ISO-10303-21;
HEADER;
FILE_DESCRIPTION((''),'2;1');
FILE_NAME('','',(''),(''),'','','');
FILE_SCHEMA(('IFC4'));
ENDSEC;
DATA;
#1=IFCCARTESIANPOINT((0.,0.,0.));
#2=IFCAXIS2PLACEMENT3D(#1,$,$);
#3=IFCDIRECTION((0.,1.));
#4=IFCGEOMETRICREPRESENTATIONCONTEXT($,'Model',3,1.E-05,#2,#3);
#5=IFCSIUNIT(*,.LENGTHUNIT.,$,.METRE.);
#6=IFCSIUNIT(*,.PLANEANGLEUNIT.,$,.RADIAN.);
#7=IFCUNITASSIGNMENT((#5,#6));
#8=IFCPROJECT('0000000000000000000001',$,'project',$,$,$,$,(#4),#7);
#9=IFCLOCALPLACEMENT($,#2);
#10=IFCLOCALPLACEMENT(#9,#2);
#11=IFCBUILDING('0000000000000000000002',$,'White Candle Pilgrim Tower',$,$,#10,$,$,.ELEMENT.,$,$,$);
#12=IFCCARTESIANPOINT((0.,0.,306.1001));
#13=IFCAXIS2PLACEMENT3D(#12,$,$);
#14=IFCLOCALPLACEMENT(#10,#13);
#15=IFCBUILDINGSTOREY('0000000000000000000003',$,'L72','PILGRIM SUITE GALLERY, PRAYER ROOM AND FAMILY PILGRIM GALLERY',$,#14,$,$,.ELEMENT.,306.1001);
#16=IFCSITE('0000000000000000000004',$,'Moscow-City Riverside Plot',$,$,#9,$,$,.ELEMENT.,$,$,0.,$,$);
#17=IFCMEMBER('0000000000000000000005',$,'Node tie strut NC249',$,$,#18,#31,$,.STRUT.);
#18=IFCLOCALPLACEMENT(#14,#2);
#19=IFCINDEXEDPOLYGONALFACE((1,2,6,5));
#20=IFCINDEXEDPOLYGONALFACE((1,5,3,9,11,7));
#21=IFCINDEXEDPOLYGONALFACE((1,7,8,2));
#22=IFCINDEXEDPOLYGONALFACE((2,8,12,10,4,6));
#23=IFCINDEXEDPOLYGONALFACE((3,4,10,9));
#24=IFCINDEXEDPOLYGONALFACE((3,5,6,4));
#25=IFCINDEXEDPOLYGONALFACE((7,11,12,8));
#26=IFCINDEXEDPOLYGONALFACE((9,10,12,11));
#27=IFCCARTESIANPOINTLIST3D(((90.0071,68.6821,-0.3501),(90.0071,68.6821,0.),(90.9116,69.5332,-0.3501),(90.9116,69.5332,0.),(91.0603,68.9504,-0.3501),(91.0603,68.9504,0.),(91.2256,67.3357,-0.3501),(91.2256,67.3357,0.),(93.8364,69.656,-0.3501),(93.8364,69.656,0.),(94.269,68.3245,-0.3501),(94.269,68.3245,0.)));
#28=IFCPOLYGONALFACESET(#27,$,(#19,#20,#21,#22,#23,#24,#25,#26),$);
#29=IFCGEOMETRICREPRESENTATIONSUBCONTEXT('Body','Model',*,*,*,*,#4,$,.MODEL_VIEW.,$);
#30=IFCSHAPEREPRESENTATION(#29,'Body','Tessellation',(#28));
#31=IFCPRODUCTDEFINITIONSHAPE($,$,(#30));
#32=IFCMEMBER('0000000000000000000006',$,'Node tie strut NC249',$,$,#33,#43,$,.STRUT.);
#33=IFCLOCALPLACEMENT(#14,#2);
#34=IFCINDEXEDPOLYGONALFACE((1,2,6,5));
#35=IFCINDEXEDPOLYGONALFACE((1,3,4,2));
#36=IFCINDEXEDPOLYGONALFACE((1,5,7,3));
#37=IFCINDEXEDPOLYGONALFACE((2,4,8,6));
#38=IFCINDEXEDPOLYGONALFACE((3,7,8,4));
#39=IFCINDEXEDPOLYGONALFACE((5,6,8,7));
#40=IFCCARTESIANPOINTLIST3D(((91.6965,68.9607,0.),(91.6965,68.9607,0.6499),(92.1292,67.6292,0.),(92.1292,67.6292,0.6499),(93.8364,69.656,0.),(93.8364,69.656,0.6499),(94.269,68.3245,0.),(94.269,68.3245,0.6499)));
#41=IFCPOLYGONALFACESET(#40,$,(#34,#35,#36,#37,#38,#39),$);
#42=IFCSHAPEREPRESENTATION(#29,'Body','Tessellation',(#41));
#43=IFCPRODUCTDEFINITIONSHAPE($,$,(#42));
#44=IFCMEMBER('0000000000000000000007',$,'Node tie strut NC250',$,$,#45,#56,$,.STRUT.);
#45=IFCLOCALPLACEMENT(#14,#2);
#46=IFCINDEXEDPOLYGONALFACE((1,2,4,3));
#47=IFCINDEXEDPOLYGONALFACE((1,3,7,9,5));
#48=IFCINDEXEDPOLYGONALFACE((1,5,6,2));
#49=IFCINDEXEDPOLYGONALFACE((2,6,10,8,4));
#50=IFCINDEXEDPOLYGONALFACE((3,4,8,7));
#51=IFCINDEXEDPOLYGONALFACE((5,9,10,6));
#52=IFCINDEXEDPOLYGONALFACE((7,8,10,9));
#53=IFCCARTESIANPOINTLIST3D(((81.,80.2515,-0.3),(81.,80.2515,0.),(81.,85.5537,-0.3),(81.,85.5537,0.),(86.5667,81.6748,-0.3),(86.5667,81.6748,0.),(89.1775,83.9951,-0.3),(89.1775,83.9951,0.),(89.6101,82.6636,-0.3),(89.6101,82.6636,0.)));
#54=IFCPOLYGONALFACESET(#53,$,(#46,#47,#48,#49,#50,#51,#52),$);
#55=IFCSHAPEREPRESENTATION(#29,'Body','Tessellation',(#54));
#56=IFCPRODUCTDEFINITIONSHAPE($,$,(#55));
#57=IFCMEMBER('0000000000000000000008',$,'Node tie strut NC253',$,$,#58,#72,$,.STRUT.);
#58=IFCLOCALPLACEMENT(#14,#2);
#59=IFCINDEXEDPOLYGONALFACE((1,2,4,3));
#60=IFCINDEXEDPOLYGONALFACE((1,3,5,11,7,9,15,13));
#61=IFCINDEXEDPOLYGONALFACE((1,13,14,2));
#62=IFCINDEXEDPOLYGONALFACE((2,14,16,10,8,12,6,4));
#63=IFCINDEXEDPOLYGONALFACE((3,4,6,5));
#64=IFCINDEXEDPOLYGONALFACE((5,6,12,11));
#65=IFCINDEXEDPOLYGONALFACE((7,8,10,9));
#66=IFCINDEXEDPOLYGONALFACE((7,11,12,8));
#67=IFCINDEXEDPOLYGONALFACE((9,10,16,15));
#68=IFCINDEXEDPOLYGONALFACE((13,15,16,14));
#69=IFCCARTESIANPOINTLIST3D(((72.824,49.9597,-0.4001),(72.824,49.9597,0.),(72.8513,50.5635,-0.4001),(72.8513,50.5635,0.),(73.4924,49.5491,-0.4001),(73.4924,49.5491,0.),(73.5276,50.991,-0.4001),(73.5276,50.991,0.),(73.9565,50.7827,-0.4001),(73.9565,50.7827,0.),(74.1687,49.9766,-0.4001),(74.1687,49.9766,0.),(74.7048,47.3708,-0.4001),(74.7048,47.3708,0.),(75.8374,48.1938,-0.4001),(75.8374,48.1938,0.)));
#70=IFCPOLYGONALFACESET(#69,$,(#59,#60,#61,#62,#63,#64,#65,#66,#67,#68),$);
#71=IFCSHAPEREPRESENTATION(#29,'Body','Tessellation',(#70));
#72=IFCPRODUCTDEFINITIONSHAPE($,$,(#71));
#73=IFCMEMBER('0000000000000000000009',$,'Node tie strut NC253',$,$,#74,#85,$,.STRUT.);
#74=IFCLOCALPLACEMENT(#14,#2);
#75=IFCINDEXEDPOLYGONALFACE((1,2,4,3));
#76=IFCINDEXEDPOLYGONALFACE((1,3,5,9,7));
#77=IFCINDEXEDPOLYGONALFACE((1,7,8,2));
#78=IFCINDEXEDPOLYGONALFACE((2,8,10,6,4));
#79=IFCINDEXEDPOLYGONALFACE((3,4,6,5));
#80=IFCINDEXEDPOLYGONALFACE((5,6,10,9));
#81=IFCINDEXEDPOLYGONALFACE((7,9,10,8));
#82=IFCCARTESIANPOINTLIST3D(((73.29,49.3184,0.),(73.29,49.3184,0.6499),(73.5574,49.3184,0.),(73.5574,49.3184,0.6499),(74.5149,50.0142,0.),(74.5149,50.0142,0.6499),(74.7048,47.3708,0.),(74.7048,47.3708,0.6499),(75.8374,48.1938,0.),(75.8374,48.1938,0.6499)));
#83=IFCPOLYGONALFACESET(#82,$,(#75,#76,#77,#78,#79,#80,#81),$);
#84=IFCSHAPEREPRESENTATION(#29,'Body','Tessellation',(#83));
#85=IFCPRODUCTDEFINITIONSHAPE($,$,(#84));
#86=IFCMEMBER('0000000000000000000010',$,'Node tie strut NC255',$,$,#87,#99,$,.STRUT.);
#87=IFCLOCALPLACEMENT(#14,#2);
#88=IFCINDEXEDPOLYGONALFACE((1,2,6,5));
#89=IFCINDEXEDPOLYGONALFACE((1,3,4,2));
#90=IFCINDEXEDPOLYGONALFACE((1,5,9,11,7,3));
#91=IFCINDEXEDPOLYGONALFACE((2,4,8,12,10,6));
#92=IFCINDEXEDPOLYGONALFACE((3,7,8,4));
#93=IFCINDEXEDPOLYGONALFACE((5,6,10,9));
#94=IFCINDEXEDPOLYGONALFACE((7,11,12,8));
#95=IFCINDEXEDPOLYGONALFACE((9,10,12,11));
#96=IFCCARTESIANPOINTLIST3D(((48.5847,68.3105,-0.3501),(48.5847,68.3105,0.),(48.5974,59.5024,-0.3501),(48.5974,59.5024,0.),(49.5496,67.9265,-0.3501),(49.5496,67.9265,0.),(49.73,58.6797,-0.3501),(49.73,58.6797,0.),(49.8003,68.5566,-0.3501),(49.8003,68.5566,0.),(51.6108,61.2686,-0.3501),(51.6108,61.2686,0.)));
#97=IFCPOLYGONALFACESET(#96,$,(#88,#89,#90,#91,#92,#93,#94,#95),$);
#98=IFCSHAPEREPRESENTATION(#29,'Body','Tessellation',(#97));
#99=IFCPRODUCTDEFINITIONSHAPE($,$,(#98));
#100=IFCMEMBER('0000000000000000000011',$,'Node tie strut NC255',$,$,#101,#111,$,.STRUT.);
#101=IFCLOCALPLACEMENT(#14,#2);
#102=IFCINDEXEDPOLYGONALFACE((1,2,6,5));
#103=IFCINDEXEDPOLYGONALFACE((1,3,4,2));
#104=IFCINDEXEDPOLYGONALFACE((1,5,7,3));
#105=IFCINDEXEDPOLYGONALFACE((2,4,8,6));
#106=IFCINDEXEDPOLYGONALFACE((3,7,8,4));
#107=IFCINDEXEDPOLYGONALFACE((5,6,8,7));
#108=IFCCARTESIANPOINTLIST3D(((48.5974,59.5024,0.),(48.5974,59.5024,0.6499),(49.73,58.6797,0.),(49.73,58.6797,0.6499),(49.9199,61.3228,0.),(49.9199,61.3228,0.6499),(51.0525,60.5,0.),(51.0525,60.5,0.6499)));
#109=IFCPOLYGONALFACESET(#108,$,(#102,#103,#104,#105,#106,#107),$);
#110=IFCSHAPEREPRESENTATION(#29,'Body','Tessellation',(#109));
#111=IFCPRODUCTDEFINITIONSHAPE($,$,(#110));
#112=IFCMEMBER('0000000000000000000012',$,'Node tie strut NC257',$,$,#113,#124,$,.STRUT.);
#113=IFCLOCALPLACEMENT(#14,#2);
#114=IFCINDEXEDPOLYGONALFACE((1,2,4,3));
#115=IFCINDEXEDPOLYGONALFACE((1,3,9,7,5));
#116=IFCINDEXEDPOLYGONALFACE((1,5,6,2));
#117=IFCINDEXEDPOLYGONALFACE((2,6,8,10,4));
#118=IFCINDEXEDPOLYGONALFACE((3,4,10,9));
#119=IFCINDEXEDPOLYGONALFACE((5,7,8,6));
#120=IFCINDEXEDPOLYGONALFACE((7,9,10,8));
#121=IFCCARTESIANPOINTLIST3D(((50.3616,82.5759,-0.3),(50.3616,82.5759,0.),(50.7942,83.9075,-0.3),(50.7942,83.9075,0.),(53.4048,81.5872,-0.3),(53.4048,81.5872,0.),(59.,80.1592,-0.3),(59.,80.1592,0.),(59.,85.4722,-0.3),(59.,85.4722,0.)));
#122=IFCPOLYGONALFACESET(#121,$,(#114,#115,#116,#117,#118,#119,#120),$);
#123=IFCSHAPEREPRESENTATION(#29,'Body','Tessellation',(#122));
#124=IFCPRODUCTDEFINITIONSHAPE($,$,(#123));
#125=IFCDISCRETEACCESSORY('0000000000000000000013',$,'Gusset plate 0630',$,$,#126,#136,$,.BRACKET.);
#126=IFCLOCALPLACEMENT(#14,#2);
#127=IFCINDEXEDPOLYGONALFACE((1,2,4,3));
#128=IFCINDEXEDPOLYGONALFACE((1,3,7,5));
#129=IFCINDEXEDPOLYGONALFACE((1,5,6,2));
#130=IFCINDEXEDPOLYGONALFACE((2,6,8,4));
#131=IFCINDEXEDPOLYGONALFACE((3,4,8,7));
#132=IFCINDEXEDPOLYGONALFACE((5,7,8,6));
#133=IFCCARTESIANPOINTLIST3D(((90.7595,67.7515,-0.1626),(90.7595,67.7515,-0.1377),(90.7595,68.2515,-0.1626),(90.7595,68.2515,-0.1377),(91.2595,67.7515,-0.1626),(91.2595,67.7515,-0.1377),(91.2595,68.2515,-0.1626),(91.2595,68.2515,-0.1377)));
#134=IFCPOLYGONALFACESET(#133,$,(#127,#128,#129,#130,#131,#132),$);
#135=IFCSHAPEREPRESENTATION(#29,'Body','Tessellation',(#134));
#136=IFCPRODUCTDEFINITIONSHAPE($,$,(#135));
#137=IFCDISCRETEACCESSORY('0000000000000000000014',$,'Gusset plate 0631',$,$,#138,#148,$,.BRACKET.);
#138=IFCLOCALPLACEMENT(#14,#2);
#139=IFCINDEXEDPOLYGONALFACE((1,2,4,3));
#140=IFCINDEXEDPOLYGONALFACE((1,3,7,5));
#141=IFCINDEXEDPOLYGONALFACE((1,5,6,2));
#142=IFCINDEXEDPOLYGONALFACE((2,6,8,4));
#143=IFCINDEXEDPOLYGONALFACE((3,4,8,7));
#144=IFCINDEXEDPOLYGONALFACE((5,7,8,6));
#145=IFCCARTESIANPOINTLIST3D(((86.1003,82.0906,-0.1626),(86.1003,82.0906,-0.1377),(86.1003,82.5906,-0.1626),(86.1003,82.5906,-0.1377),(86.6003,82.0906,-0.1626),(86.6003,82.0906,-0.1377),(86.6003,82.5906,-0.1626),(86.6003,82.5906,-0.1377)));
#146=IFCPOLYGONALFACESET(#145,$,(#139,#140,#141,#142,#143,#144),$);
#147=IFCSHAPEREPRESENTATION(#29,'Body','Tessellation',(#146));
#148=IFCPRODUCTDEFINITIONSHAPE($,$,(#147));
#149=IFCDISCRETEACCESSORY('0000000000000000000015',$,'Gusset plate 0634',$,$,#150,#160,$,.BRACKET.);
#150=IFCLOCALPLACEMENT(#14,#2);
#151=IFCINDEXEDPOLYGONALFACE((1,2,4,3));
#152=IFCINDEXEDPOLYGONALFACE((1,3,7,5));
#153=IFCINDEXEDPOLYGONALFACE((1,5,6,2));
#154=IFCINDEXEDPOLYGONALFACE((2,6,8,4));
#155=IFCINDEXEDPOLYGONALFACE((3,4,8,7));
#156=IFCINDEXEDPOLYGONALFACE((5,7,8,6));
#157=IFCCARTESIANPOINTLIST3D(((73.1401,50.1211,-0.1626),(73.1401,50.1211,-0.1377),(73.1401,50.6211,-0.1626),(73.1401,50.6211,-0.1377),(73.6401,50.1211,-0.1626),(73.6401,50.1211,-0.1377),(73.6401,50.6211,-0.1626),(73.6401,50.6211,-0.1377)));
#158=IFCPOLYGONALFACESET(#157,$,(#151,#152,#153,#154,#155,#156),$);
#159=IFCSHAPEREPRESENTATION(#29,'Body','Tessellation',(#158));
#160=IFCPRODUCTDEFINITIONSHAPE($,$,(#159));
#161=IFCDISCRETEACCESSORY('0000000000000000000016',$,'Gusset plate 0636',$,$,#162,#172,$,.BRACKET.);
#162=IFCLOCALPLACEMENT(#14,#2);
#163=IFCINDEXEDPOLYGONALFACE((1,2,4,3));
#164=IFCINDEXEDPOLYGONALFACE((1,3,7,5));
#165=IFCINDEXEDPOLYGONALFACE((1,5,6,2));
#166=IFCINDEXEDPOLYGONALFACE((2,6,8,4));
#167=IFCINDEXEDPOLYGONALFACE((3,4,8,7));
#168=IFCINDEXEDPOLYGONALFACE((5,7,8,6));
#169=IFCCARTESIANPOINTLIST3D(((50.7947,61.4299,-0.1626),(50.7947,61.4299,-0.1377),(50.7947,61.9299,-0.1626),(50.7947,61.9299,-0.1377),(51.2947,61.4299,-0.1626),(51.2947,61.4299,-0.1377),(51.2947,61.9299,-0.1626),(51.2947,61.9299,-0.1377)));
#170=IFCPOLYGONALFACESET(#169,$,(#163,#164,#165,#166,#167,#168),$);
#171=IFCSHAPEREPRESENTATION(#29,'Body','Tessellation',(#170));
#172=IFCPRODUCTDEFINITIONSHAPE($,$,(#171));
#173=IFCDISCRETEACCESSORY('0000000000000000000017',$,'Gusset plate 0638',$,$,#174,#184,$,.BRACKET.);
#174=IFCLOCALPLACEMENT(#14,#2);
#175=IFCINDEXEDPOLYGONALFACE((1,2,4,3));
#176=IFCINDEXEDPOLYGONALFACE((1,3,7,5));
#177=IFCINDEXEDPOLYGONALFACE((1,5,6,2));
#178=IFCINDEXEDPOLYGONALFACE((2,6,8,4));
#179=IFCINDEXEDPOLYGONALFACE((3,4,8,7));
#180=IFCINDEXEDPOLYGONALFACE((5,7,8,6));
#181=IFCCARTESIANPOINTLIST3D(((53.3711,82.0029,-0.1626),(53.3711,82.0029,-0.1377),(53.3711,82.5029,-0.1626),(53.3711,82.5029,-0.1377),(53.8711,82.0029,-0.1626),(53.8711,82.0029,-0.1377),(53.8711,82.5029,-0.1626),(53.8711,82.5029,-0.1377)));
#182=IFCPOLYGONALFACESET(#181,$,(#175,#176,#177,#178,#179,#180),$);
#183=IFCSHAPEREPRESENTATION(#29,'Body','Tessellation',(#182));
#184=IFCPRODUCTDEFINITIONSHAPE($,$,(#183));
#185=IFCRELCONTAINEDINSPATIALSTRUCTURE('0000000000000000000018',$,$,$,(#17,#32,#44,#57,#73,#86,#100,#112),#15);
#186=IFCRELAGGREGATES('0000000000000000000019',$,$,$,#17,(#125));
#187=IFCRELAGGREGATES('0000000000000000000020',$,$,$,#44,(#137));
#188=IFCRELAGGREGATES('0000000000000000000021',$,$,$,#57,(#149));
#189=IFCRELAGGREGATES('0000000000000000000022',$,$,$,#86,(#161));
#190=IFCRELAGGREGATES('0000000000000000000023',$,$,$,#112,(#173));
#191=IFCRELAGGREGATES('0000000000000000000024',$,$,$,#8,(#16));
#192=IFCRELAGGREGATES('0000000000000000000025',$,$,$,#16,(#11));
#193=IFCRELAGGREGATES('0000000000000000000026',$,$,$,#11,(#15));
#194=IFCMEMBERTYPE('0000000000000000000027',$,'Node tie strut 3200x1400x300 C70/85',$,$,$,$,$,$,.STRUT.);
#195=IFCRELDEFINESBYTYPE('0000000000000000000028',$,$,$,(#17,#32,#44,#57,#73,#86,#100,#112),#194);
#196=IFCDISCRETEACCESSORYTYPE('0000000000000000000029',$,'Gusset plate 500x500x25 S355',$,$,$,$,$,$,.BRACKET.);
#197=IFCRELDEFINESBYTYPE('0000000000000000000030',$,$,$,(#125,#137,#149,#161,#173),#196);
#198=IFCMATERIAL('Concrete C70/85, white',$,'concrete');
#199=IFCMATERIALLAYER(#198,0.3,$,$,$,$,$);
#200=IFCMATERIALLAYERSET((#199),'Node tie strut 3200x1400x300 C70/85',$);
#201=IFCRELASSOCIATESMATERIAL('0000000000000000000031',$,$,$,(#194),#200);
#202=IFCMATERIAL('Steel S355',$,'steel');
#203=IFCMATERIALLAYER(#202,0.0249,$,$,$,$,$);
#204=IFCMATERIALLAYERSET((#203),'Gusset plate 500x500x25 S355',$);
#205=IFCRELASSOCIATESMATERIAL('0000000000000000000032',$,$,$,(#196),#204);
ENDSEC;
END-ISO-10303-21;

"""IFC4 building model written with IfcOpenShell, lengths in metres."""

from ifc_helpers import new_model, si_unit, direction, frame, origin, origin_2d, place, context, subcontext, project, spatial, polyline, rectangle, outline, extrude, material, layer, layer_set, type_object, element, aggregate, save


model = new_model("IFC4")

# Units and contexts
model_context = context("Model", 3, precision=1e-05, world=origin(), true_north=direction((0.0, 1.0)))
body_context = subcontext(model_context, "Body", "Model", "MODEL_VIEW")
ifc_project = project(units=[si_unit("LENGTHUNIT", "METRE"), si_unit("PLANEANGLEUNIT", "RADIAN")], contexts=[model_context])

# Site, building, storey
site_placement = place(None, origin())
site = spatial("IfcSite", under=ifc_project, at=site_placement, Name="Moscow-City Riverside Plot", CompositionType="ELEMENT", RefElevation=0.0)
building_placement = place(site_placement, origin())
building = spatial("IfcBuilding", under=site, at=building_placement, Name="White Candle Pilgrim Tower", CompositionType="ELEMENT")
storey_placement = place(building_placement, frame((0.0, 0.0, 306.1001)))
storey = spatial("IfcBuildingStorey", under=building, at=storey_placement, Name="L72", Description="PILGRIM SUITE GALLERY, PRAYER ROOM AND FAMILY PILGRIM GALLERY", CompositionType="ELEMENT", Elevation=306.1001)

# Members
ifc_material_1 = material(Name="Concrete C70/85, white", Category="concrete")
ifc_layer_1 = layer(ifc_material_1, 0.3)
ifc_layer_set_1 = layer_set([ifc_layer_1], Name="Node tie strut 3200x1400x300 C70/85")
member_type_1 = type_object("IfcMemberType", Name="Node tie strut 3200x1400x300 C70/85", PredefinedType="STRUT", material=ifc_layer_set_1)
member_1_placement = place(storey_placement, frame((0.0, 0.0, -0.3501)))
member_1 = element("IfcMember", 1, at=member_1_placement, inside=storey, type_object=member_type_1, Name="Node tie strut NC249", PredefinedType="STRUT", context=body_context, shape_type="SweptSolid", body=[
    extrude(outline(polyline([(91.2256, 67.3357), (94.269, 68.3245), (93.8364, 69.656), (90.9116, 69.5332), (91.0603, 68.9504), (90.0071, 68.6821), (91.2256, 67.3357)])), origin(), (0.0, 0.0, 1.0), 0.3501),
])
member_2_placement = place(storey_placement, origin())
element("IfcMember", 2, at=member_2_placement, inside=storey, type_object=member_type_1, Name="Node tie strut NC249", PredefinedType="STRUT", context=body_context, shape_type="SweptSolid", body=[
    extrude(outline(polyline([(92.1292, 67.6292), (94.269, 68.3245), (93.8364, 69.656), (91.6965, 68.9607), (92.1292, 67.6292)])), origin(), (0.0, 0.0, 1.0), 0.6499),
])
member_3_placement = place(storey_placement, frame((0.0, 0.0, -0.3)))
member_3 = element("IfcMember", 3, at=member_3_placement, inside=storey, type_object=member_type_1, Name="Node tie strut NC250", PredefinedType="STRUT", context=body_context, shape_type="SweptSolid", body=[
    extrude(outline(polyline([(81.0, 80.2515), (86.5667, 81.6748), (89.6101, 82.6636), (89.1775, 83.9951), (81.0, 85.5537), (81.0, 80.2515)])), origin(), (0.0, 0.0, 1.0), 0.3),
])
member_4_placement = place(storey_placement, frame((0.0, 0.0, -0.4001)))
member_4 = element("IfcMember", 4, at=member_4_placement, inside=storey, type_object=member_type_1, Name="Node tie strut NC253", PredefinedType="STRUT", context=body_context, shape_type="SweptSolid", body=[
    extrude(outline(polyline([(74.7048, 47.3708), (75.8374, 48.1938), (73.9565, 50.7827), (73.5276, 50.991), (74.1687, 49.9766), (73.4924, 49.5491), (72.8513, 50.5635), (72.824, 49.9597), (74.7048, 47.3708)])), origin(), (0.0, 0.0, 1.0), 0.4001),
])
member_5_placement = place(storey_placement, origin())
element("IfcMember", 5, at=member_5_placement, inside=storey, type_object=member_type_1, Name="Node tie strut NC253", PredefinedType="STRUT", context=body_context, shape_type="SweptSolid", body=[
    extrude(outline(polyline([(74.7048, 47.3708), (75.8374, 48.1938), (74.5149, 50.0142), (73.5574, 49.3184), (73.29, 49.3184), (74.7048, 47.3708)])), origin(), (0.0, 0.0, 1.0), 0.6499),
])
member_6_placement = place(storey_placement, frame((0.0, 0.0, -0.3501)))
member_6 = element("IfcMember", 6, at=member_6_placement, inside=storey, type_object=member_type_1, Name="Node tie strut NC255", PredefinedType="STRUT", context=body_context, shape_type="SweptSolid", body=[
    extrude(outline(polyline([(49.73, 58.6797), (51.6108, 61.2686), (49.8003, 68.5566), (49.5496, 67.9265), (48.5847, 68.3105), (48.5974, 59.5024), (49.73, 58.6797)])), origin(), (0.0, 0.0, 1.0), 0.3501),
])
member_7_placement = place(storey_placement, origin())
element("IfcMember", 7, at=member_7_placement, inside=storey, type_object=member_type_1, Name="Node tie strut NC255", PredefinedType="STRUT", context=body_context, shape_type="SweptSolid", body=[
    extrude(outline(polyline([(49.73, 58.6797), (51.0525, 60.5), (49.9199, 61.3228), (48.5974, 59.5024), (49.73, 58.6797)])), origin(), (0.0, 0.0, 1.0), 0.6499),
])
member_8_placement = place(storey_placement, frame((0.0, 0.0, -0.3)))
member_8 = element("IfcMember", 8, at=member_8_placement, inside=storey, type_object=member_type_1, Name="Node tie strut NC257", PredefinedType="STRUT", context=body_context, shape_type="SweptSolid", body=[
    extrude(outline(polyline([(59.0, 80.1592), (59.0, 85.4722), (50.7942, 83.9075), (50.3616, 82.5759), (53.4048, 81.5872), (59.0, 80.1592)])), origin(), (0.0, 0.0, 1.0), 0.3),
])

# Discrete accessories
ifc_material_2 = material(Name="Steel S355", Category="steel")
ifc_layer_2 = layer(ifc_material_2, 0.0249)
ifc_layer_set_2 = layer_set([ifc_layer_2], Name="Gusset plate 500x500x25 S355")
discrete_accessory_type = type_object("IfcDiscreteAccessoryType", Name="Gusset plate 500x500x25 S355", PredefinedType="BRACKET", material=ifc_layer_set_2)
discrete_accessory_1_placement = place(storey_placement, frame((91.0095, 68.0015, -0.1626), z_axis=(0.0, 0.0, 1.0), x_axis=(1.0, 0.0, 0.0)))
discrete_accessory_1 = element("IfcDiscreteAccessory", 9, at=discrete_accessory_1_placement, type_object=discrete_accessory_type, Name="Gusset plate 0630", PredefinedType="BRACKET", context=body_context, shape_type="SweptSolid", body=[
    extrude(rectangle(XDim=0.5, YDim=0.5, at=origin_2d()), origin(), (0.0, 0.0, 1.0), 0.0249),
])
aggregate(member_1, [discrete_accessory_1])
discrete_accessory_2_placement = place(storey_placement, frame((86.3503, 82.3406, -0.1626), z_axis=(0.0, 0.0, 1.0), x_axis=(1.0, 0.0, 0.0)))
discrete_accessory_2 = element("IfcDiscreteAccessory", 10, at=discrete_accessory_2_placement, type_object=discrete_accessory_type, Name="Gusset plate 0631", PredefinedType="BRACKET", context=body_context, shape_type="SweptSolid", body=[
    extrude(rectangle(XDim=0.5, YDim=0.5, at=origin_2d()), origin(), (0.0, 0.0, 1.0), 0.0249),
])
aggregate(member_3, [discrete_accessory_2])
discrete_accessory_3_placement = place(storey_placement, frame((73.3901, 50.3711, -0.1626), z_axis=(0.0, 0.0, 1.0), x_axis=(1.0, 0.0, 0.0)))
discrete_accessory_3 = element("IfcDiscreteAccessory", 11, at=discrete_accessory_3_placement, type_object=discrete_accessory_type, Name="Gusset plate 0634", PredefinedType="BRACKET", context=body_context, shape_type="SweptSolid", body=[
    extrude(rectangle(XDim=0.5, YDim=0.5, at=origin_2d()), origin(), (0.0, 0.0, 1.0), 0.0249),
])
aggregate(member_4, [discrete_accessory_3])
discrete_accessory_4_placement = place(storey_placement, frame((51.0447, 61.6799, -0.1626), z_axis=(0.0, 0.0, 1.0), x_axis=(1.0, 0.0, 0.0)))
discrete_accessory_4 = element("IfcDiscreteAccessory", 12, at=discrete_accessory_4_placement, type_object=discrete_accessory_type, Name="Gusset plate 0636", PredefinedType="BRACKET", context=body_context, shape_type="SweptSolid", body=[
    extrude(rectangle(XDim=0.5, YDim=0.5, at=origin_2d()), origin(), (0.0, 0.0, 1.0), 0.0249),
])
aggregate(member_6, [discrete_accessory_4])
discrete_accessory_5_placement = place(storey_placement, frame((53.6211, 82.2529, -0.1626), z_axis=(0.0, 0.0, 1.0), x_axis=(1.0, 0.0, 0.0)))
discrete_accessory_5 = element("IfcDiscreteAccessory", 13, at=discrete_accessory_5_placement, type_object=discrete_accessory_type, Name="Gusset plate 0638", PredefinedType="BRACKET", context=body_context, shape_type="SweptSolid", body=[
    extrude(rectangle(XDim=0.5, YDim=0.5, at=origin_2d()), origin(), (0.0, 0.0, 1.0), 0.0249),
])
aggregate(member_8, [discrete_accessory_5])

save(model, "model.ifc")
